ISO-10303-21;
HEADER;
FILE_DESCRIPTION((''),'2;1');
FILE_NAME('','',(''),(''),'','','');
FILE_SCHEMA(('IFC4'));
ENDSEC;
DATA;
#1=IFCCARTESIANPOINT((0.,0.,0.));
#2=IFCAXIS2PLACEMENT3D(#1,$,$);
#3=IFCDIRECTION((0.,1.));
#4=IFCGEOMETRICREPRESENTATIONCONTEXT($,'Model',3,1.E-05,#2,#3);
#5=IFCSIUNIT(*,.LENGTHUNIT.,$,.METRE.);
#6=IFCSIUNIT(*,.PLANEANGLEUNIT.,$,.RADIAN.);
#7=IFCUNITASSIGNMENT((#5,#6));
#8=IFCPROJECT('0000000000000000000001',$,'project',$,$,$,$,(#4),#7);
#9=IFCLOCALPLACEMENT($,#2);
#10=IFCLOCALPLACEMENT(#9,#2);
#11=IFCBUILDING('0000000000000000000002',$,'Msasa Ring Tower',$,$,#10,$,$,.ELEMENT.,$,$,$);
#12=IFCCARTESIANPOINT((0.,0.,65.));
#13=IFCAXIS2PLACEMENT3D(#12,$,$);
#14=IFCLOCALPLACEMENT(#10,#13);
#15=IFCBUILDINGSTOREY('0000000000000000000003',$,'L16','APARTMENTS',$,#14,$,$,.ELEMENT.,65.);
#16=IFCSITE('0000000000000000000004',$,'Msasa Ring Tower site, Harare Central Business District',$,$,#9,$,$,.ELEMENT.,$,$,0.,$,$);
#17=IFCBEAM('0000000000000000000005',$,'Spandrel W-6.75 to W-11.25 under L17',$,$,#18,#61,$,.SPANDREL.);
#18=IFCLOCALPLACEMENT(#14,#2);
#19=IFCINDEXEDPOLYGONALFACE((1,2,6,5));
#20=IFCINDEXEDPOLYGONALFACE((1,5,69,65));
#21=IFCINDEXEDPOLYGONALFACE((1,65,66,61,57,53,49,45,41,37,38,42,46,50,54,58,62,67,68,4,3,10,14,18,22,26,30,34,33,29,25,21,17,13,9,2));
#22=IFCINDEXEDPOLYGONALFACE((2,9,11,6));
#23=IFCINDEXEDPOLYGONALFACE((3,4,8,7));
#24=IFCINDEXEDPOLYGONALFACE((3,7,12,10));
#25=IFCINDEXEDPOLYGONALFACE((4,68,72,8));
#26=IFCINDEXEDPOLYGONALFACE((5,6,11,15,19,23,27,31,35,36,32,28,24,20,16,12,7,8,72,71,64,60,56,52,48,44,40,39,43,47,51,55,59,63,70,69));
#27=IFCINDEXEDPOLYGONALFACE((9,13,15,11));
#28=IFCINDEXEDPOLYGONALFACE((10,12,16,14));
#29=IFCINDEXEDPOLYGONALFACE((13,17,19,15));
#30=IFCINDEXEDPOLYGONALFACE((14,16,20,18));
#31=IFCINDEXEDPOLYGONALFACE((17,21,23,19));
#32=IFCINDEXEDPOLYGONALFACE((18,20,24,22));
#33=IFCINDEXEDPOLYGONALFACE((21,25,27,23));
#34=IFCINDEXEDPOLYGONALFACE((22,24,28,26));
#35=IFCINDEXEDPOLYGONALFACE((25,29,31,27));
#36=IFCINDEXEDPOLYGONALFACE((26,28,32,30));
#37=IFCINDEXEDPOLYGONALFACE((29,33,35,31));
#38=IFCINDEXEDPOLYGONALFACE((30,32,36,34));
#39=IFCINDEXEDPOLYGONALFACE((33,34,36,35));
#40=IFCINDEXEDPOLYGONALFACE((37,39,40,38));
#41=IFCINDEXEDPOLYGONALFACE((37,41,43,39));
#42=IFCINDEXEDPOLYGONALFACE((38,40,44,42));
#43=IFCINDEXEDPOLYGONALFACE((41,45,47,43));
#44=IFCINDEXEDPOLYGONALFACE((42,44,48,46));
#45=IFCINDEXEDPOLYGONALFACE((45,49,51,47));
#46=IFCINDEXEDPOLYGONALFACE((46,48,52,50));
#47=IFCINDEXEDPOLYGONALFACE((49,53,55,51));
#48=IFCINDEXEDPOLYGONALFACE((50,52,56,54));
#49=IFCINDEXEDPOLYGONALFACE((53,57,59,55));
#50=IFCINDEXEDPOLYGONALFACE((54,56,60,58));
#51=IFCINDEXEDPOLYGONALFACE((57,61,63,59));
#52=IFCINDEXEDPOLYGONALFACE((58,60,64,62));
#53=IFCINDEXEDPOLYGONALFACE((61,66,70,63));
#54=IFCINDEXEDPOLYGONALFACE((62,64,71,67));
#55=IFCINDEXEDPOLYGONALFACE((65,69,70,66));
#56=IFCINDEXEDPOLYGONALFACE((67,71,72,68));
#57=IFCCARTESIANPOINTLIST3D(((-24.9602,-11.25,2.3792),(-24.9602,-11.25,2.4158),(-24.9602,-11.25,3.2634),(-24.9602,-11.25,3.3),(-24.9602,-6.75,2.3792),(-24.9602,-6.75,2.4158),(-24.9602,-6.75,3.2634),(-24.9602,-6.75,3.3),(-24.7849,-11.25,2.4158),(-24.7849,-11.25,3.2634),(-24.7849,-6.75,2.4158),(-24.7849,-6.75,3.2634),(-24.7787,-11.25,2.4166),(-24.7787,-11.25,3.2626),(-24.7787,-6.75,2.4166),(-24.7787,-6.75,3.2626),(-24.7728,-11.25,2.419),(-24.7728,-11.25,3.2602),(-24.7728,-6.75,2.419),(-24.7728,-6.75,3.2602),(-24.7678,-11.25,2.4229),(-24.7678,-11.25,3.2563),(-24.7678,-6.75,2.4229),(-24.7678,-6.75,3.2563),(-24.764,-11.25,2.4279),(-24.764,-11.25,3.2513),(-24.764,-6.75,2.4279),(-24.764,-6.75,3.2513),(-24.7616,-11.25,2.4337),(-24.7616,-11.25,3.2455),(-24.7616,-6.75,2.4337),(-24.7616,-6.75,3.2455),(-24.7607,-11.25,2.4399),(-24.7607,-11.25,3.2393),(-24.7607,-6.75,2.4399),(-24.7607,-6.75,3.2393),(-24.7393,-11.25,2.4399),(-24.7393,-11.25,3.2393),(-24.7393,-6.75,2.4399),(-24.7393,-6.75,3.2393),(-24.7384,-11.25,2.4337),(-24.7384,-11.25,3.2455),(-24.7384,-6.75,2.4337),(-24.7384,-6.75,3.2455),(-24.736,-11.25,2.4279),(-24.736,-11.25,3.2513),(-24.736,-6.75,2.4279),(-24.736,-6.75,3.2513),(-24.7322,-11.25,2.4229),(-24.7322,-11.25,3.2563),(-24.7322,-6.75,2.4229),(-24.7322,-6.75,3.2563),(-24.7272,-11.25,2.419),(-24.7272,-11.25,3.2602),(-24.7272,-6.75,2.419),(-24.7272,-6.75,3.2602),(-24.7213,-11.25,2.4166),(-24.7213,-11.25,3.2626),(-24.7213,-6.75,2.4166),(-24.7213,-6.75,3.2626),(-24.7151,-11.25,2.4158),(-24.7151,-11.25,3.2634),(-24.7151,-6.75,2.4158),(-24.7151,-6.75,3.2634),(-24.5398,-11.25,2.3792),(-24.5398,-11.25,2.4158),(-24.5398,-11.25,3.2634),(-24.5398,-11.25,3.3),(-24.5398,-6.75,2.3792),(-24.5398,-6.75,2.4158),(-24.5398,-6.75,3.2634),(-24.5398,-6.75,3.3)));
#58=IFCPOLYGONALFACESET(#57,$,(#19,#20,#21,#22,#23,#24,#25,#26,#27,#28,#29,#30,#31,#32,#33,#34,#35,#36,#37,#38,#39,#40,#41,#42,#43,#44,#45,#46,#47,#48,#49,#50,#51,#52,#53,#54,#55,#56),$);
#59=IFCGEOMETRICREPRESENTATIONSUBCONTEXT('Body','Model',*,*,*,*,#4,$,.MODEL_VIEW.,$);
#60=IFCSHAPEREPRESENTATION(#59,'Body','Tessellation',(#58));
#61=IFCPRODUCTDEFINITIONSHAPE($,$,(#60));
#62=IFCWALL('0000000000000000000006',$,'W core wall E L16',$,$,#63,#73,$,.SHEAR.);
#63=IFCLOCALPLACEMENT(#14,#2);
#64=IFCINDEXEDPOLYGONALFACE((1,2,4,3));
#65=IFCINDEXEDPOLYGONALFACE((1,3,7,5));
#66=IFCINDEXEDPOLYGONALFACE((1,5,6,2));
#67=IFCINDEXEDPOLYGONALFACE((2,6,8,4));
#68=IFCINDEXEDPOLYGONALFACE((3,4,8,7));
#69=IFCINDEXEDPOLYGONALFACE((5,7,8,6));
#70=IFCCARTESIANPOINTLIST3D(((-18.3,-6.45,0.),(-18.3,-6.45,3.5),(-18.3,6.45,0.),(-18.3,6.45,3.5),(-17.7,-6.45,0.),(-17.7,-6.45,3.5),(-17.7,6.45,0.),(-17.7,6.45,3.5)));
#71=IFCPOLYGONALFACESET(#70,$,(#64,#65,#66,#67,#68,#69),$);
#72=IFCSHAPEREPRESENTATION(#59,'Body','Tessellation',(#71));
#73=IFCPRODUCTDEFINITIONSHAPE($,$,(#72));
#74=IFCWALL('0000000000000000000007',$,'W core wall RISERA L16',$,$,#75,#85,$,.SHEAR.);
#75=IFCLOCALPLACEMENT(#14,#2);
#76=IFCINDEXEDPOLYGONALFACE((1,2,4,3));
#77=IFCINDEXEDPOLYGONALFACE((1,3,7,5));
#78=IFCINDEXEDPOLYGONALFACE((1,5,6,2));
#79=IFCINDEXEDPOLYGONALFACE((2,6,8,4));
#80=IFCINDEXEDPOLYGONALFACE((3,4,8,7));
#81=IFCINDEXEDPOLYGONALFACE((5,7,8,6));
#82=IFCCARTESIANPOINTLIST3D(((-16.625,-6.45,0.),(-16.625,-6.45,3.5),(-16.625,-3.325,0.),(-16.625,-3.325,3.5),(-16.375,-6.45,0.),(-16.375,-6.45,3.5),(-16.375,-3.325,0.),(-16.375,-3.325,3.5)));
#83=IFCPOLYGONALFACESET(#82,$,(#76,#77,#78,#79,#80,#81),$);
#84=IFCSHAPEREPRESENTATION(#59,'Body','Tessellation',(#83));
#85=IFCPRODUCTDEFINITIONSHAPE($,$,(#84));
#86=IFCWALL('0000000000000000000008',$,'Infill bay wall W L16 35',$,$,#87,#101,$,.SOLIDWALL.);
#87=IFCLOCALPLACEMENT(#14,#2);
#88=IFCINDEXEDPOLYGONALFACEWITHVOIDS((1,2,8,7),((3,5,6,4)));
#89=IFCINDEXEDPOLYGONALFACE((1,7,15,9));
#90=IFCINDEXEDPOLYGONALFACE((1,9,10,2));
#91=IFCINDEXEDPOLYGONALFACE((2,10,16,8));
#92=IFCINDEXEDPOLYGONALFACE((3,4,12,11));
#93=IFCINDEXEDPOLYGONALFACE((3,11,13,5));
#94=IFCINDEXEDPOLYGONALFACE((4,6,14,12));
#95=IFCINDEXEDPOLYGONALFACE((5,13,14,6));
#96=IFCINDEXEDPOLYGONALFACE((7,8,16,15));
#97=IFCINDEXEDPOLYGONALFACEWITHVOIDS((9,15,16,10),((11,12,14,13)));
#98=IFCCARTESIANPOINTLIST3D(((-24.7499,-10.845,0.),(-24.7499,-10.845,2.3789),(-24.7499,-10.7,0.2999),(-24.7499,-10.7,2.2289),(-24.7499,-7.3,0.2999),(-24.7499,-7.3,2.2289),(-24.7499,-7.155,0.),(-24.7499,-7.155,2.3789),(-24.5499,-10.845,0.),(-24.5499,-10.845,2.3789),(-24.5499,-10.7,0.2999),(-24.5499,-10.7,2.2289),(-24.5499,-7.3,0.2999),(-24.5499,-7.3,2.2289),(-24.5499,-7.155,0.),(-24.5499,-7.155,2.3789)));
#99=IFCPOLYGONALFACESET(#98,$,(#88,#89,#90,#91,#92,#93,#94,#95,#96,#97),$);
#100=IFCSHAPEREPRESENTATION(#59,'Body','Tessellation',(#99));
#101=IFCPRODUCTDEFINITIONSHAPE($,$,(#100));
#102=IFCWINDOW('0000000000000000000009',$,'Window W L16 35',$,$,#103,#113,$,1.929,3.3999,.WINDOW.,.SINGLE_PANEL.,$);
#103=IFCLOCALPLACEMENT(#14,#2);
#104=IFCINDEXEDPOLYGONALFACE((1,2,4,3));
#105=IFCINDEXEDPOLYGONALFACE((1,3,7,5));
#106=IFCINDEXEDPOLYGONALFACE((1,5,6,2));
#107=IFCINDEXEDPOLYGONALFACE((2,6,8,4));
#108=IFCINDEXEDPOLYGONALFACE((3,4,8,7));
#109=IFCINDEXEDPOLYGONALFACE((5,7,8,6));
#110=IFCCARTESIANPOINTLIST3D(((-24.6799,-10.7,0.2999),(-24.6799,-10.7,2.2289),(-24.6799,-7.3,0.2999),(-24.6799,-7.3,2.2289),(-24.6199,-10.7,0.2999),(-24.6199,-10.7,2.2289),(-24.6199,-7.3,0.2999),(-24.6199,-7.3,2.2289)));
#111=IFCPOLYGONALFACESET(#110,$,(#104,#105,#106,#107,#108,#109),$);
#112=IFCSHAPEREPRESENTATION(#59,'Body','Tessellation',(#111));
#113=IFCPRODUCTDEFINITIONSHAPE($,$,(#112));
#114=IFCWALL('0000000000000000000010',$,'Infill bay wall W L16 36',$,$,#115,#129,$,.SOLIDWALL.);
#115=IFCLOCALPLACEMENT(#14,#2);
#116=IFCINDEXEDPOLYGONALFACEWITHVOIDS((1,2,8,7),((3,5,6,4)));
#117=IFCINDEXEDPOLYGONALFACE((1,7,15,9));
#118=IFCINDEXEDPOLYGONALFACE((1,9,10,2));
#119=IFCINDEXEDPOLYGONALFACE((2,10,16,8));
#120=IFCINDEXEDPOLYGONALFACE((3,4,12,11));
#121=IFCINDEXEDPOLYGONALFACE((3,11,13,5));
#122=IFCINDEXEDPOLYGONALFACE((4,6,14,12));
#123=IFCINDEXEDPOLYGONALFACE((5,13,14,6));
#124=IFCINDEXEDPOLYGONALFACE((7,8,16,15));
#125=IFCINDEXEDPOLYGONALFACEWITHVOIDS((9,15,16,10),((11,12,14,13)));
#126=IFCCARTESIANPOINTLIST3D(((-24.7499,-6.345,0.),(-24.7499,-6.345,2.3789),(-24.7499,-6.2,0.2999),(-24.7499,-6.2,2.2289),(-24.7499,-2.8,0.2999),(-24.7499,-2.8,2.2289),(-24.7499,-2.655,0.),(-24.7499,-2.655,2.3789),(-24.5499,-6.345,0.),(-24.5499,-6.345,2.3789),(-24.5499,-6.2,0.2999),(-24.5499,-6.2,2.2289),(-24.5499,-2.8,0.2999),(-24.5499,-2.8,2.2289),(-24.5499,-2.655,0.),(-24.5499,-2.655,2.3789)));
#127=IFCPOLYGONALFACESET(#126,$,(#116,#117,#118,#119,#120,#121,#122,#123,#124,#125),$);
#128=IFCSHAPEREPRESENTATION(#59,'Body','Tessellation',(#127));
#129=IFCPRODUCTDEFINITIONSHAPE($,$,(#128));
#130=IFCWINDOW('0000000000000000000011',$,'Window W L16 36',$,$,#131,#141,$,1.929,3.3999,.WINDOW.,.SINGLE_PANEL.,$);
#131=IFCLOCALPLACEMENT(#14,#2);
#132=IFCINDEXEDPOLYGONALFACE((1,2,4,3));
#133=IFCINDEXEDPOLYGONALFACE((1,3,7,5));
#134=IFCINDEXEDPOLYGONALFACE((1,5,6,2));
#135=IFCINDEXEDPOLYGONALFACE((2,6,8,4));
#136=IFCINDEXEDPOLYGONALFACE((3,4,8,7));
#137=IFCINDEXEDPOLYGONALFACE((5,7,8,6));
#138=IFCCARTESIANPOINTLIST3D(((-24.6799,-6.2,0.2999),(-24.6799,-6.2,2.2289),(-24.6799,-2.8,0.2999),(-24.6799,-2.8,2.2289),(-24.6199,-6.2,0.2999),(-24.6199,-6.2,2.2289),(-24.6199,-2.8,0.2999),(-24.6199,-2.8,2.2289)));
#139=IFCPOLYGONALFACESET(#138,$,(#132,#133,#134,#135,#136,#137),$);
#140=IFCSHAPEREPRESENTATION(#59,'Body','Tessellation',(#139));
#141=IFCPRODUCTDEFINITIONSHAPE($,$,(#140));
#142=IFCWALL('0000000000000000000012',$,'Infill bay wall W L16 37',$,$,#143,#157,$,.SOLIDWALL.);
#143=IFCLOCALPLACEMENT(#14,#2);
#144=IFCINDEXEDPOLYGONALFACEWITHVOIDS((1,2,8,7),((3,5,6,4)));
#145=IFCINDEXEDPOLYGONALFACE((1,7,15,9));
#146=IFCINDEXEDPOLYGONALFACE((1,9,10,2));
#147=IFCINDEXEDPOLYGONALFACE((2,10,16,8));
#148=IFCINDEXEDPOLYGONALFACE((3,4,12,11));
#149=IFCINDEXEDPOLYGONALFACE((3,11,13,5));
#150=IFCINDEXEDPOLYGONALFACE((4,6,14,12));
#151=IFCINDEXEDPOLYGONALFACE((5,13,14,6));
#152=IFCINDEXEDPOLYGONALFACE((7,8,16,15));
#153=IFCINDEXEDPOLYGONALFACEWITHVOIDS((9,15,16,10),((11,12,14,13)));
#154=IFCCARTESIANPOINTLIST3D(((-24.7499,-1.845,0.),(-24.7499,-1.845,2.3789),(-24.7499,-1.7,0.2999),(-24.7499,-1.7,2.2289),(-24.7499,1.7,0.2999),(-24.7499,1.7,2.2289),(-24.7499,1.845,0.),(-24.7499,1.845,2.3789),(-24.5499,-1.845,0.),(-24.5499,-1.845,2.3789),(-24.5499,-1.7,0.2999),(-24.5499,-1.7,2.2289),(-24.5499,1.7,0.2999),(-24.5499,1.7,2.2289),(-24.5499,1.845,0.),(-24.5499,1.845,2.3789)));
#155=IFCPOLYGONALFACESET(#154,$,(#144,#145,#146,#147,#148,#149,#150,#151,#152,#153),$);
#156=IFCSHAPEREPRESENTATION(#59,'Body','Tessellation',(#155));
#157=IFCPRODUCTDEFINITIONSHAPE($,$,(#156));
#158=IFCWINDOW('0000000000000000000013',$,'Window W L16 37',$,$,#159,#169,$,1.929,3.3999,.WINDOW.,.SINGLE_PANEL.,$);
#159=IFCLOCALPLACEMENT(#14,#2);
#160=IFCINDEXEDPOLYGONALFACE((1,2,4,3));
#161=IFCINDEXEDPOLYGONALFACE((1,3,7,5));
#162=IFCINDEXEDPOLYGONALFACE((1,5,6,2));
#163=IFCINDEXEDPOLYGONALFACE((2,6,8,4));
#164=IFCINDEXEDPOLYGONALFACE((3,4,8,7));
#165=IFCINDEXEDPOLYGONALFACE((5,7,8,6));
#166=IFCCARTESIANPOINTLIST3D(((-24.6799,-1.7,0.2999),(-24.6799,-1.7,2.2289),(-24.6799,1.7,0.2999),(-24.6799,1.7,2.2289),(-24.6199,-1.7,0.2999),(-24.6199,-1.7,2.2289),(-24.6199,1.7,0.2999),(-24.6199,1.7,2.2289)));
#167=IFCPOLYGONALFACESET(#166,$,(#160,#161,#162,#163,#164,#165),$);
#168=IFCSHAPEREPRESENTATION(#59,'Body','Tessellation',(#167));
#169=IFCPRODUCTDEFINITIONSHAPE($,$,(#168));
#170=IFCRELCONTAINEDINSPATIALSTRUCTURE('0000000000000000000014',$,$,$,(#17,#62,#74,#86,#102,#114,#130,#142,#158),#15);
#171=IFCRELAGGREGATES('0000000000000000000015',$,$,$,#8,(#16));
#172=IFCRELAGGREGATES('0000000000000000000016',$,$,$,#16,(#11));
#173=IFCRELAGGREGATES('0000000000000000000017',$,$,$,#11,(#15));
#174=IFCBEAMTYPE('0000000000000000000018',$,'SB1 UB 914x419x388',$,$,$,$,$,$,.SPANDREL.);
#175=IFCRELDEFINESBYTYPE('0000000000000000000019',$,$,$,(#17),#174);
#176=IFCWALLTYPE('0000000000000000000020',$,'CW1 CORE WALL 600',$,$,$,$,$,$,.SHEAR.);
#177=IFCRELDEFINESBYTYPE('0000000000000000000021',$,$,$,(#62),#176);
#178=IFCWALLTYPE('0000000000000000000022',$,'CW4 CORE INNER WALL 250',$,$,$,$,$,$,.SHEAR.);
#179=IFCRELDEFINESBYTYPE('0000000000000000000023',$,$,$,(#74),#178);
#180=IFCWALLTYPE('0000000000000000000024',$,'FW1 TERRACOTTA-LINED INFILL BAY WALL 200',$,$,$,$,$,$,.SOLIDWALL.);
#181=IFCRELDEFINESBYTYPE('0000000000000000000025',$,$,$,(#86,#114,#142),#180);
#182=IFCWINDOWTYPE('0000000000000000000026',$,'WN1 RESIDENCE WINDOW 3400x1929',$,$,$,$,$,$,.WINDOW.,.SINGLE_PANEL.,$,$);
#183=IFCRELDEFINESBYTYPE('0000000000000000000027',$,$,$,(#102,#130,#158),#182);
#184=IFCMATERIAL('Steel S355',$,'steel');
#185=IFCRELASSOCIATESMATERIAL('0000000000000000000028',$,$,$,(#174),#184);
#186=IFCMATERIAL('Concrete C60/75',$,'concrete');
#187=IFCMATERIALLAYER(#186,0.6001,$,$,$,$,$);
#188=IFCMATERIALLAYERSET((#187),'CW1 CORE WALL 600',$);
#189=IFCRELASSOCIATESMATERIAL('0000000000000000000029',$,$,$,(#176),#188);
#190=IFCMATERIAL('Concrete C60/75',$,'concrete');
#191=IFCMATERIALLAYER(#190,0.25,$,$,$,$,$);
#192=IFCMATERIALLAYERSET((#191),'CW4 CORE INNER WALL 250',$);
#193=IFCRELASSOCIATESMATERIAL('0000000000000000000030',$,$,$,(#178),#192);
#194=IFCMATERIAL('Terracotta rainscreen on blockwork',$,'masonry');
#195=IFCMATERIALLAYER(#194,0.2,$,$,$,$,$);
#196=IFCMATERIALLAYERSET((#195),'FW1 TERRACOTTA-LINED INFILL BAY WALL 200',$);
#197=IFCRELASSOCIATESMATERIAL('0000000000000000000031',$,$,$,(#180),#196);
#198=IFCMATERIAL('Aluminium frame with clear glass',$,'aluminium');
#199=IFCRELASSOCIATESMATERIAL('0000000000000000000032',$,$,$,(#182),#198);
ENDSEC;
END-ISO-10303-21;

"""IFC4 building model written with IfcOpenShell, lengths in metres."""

from ifc_helpers import new_model, si_unit, direction, frame, frame_2d, origin, origin_2d, place, context, subcontext, project, spatial, rectangle, i_section, extrude, material, layer, layer_set, material_profile, profile_set, type_object, element, fill, save


model = new_model("IFC4")

# Units and contexts
model_context = context("Model", 3, precision=1e-05, world=origin(), true_north=direction((0.0, 1.0)))
body_context = subcontext(model_context, "Body", "Model", "MODEL_VIEW")
ifc_project = project(units=[si_unit("LENGTHUNIT", "METRE"), si_unit("PLANEANGLEUNIT", "RADIAN")], contexts=[model_context])

# Site, building, storey
site_placement = place(None, origin())
site = spatial("IfcSite", under=ifc_project, at=site_placement, Name="Msasa Ring Tower site, Harare Central Business District", CompositionType="ELEMENT", RefElevation=0.0)
building_placement = place(site_placement, origin())
building = spatial("IfcBuilding", under=site, at=building_placement, Name="Msasa Ring Tower", CompositionType="ELEMENT")
storey_placement = place(building_placement, frame((0.0, 0.0, 65.0)))
storey = spatial("IfcBuildingStorey", under=building, at=storey_placement, Name="L16", Description="APARTMENTS", CompositionType="ELEMENT", Elevation=65.0)

# Beam
ifc_material_1 = material(Name="Steel S355", Category="steel")
ifc_material_profile_1 = material_profile(ifc_material_1, i_section(OverallWidth=0.4204, OverallDepth=0.9209, WebThickness=0.0215, FlangeThickness=0.0366, FilletRadius=0.0242, at=origin_2d()), Name="UB 914x419x388")
ifc_profile_set_1 = profile_set([ifc_material_profile_1], Name="Steel S355")
beam_type_1 = type_object("IfcBeamType", Name="SB1 UB 914x419x388", PredefinedType="SPANDREL", material=ifc_profile_set_1)
for number, where, z_axis, x_axis, name in (
    (1, (-24.75, -6.75, 2.8396), (0.0, -1.0, 0.0), (1.0, 0.0, 0.0), "Spandrel W-6.75 to W-11.25 under L17"),
):
    element("IfcBeam", number, at=place(storey_placement, frame(where, z_axis=z_axis, x_axis=x_axis)), inside=storey, type_object=beam_type_1, Name=name, PredefinedType="SPANDREL", context=body_context, shape_type="SweptSolid", body=[
        extrude(i_section(OverallWidth=0.4204, OverallDepth=0.9209, WebThickness=0.0215, FlangeThickness=0.0366, FilletRadius=0.0242, at=origin_2d()), origin(), (0.0, 0.0, 1.0), 4.5),
    ])

# Walls
ifc_material_2 = material(Name="Concrete C60/75", Category="concrete")
ifc_layer_1 = layer(ifc_material_2, 0.6001)
ifc_layer_set_1 = layer_set([ifc_layer_1], Name="CW1 CORE WALL 600")
wall_type_1 = type_object("IfcWallType", Name="CW1 CORE WALL 600", PredefinedType="SHEAR", material=ifc_layer_set_1)
wall_1_placement = place(storey_placement, frame((-18.0, -6.45, 0.0), z_axis=(0.0, 0.0, 1.0), x_axis=(0.0, 1.0, 0.0)))
element("IfcWall", 2, at=wall_1_placement, inside=storey, type_object=wall_type_1, Name="W core wall E L16", PredefinedType="SHEAR", context=body_context, shape_type="SweptSolid", body=[
    extrude(rectangle(XDim=12.8999, YDim=0.6001, at=frame_2d((6.45, 0.0))), origin(), (0.0, 0.0, 1.0), 3.5),
])
ifc_material_3 = material(Name="Concrete C60/75", Category="concrete")
ifc_layer_2 = layer(ifc_material_3, 0.25)
ifc_layer_set_2 = layer_set([ifc_layer_2], Name="CW4 CORE INNER WALL 250")
wall_type_2 = type_object("IfcWallType", Name="CW4 CORE INNER WALL 250", PredefinedType="SHEAR", material=ifc_layer_set_2)
wall_2_placement = place(storey_placement, frame((-16.5, -6.45, 0.0), z_axis=(0.0, 0.0, 1.0), x_axis=(0.0, 1.0, 0.0)))
element("IfcWall", 3, at=wall_2_placement, inside=storey, type_object=wall_type_2, Name="W core wall RISERA L16", PredefinedType="SHEAR", context=body_context, shape_type="SweptSolid", body=[
    extrude(rectangle(XDim=3.125, YDim=0.25, at=frame_2d((1.5625, 0.0))), origin(), (0.0, 0.0, 1.0), 3.5),
])

# Walls, openings, windows
ifc_material_4 = material(Name="Terracotta rainscreen on blockwork", Category="masonry")
ifc_layer_3 = layer(ifc_material_4, 0.2)
ifc_layer_set_3 = layer_set([ifc_layer_3], Name="FW1 TERRACOTTA-LINED INFILL BAY WALL 200")
wall_type_3 = type_object("IfcWallType", Name="FW1 TERRACOTTA-LINED INFILL BAY WALL 200", PredefinedType="SOLIDWALL", material=ifc_layer_set_3)
wall_3_placement = place(storey_placement, frame((-24.6499, -10.845, 0.0), z_axis=(0.0, 0.0, 1.0), x_axis=(0.0, 1.0, 0.0)))
wall_3 = element("IfcWall", 4, at=wall_3_placement, inside=storey, type_object=wall_type_3, Name="Infill bay wall W L16 35", PredefinedType="SOLIDWALL", context=body_context, shape_type="SweptSolid", body=[
    extrude(rectangle(XDim=3.6899, YDim=0.2, at=frame_2d((1.845, 0.0))), origin(), (0.0, 0.0, 1.0), 2.3789),
])
opening_1_placement = place(wall_3_placement, frame((0.145, 0.0, 0.3)))
opening_1 = element("IfcOpeningElement", 5, at=opening_1_placement, cuts=wall_3, PredefinedType="OPENING", context=body_context, shape_type="SweptSolid", body=[
    extrude(rectangle(XDim=3.3999, YDim=1.929, at=frame_2d((1.7, 0.9644))), frame((0.0, 0.1099, 0.0), z_axis=(0.0, -1.0, 0.0), x_axis=(1.0, 0.0, 0.0)), (0.0, 0.0, 1.0), 0.22),
])
ifc_material_5 = material(Name="Aluminium frame with clear glass", Category="aluminium")
window_type = type_object("IfcWindowType", Name="WN1 RESIDENCE WINDOW 3400x1929", PartitioningType="SINGLE_PANEL", PredefinedType="WINDOW", material=ifc_material_5)
window_1_placement = place(opening_1_placement, origin())
window_1 = element("IfcWindow", 6, at=window_1_placement, inside=storey, type_object=window_type, Name="Window W L16 35", OverallHeight=1.929, OverallWidth=3.3999, PartitioningType="SINGLE_PANEL", PredefinedType="WINDOW", context=body_context, shape_type="SweptSolid", body=[
    extrude(rectangle(XDim=3.3999, YDim=1.929, at=frame_2d((1.7, 0.9644))), frame((0.0, 0.03, 0.0), z_axis=(0.0, -1.0, 0.0), x_axis=(1.0, 0.0, 0.0)), (0.0, 0.0, 1.0), 0.0601),
])
fill(opening_1, window_1)
wall_4_placement = place(storey_placement, frame((-24.6499, -6.345, 0.0), z_axis=(0.0, 0.0, 1.0), x_axis=(0.0, 1.0, 0.0)))
wall_4 = element("IfcWall", 7, at=wall_4_placement, inside=storey, type_object=wall_type_3, Name="Infill bay wall W L16 36", PredefinedType="SOLIDWALL", context=body_context, shape_type="SweptSolid", body=[
    extrude(rectangle(XDim=3.6899, YDim=0.2, at=frame_2d((1.845, 0.0))), origin(), (0.0, 0.0, 1.0), 2.3789),
])
opening_2_placement = place(wall_4_placement, frame((0.145, 0.0, 0.3)))
opening_2 = element("IfcOpeningElement", 8, at=opening_2_placement, cuts=wall_4, PredefinedType="OPENING", context=body_context, shape_type="SweptSolid", body=[
    extrude(rectangle(XDim=3.3999, YDim=1.929, at=frame_2d((1.7, 0.9644))), frame((0.0, 0.1099, 0.0), z_axis=(0.0, -1.0, 0.0), x_axis=(1.0, 0.0, 0.0)), (0.0, 0.0, 1.0), 0.22),
])
window_2_placement = place(opening_2_placement, origin())
window_2 = element("IfcWindow", 9, at=window_2_placement, inside=storey, type_object=window_type, Name="Window W L16 36", OverallHeight=1.929, OverallWidth=3.3999, PartitioningType="SINGLE_PANEL", PredefinedType="WINDOW", context=body_context, shape_type="SweptSolid", body=[
    extrude(rectangle(XDim=3.3999, YDim=1.929, at=frame_2d((1.7, 0.9644))), frame((0.0, 0.03, 0.0), z_axis=(0.0, -1.0, 0.0), x_axis=(1.0, 0.0, 0.0)), (0.0, 0.0, 1.0), 0.0601),
])
fill(opening_2, window_2)
wall_5_placement = place(storey_placement, frame((-24.6499, -1.845, 0.0), z_axis=(0.0, 0.0, 1.0), x_axis=(0.0, 1.0, 0.0)))
wall_5 = element("IfcWall", 10, at=wall_5_placement, inside=storey, type_object=wall_type_3, Name="Infill bay wall W L16 37", PredefinedType="SOLIDWALL", context=body_context, shape_type="SweptSolid", body=[
    extrude(rectangle(XDim=3.6899, YDim=0.2, at=frame_2d((1.845, 0.0))), origin(), (0.0, 0.0, 1.0), 2.3789),
])
opening_3_placement = place(wall_5_placement, frame((0.145, 0.0, 0.3)))
opening_3 = element("IfcOpeningElement", 11, at=opening_3_placement, cuts=wall_5, PredefinedType="OPENING", context=body_context, shape_type="SweptSolid", body=[
    extrude(rectangle(XDim=3.3999, YDim=1.929, at=frame_2d((1.7, 0.9644))), frame((0.0, 0.1099, 0.0), z_axis=(0.0, -1.0, 0.0), x_axis=(1.0, 0.0, 0.0)), (0.0, 0.0, 1.0), 0.22),
])
window_3_placement = place(opening_3_placement, origin())
window_3 = element("IfcWindow", 12, at=window_3_placement, inside=storey, type_object=window_type, Name="Window W L16 37", OverallHeight=1.929, OverallWidth=3.3999, PartitioningType="SINGLE_PANEL", PredefinedType="WINDOW", context=body_context, shape_type="SweptSolid", body=[
    extrude(rectangle(XDim=3.3999, YDim=1.929, at=frame_2d((1.7, 0.9644))), frame((0.0, 0.03, 0.0), z_axis=(0.0, -1.0, 0.0), x_axis=(1.0, 0.0, 0.0)), (0.0, 0.0, 1.0), 0.0601),
])
fill(opening_3, window_3)

save(model, "model.ifc")
